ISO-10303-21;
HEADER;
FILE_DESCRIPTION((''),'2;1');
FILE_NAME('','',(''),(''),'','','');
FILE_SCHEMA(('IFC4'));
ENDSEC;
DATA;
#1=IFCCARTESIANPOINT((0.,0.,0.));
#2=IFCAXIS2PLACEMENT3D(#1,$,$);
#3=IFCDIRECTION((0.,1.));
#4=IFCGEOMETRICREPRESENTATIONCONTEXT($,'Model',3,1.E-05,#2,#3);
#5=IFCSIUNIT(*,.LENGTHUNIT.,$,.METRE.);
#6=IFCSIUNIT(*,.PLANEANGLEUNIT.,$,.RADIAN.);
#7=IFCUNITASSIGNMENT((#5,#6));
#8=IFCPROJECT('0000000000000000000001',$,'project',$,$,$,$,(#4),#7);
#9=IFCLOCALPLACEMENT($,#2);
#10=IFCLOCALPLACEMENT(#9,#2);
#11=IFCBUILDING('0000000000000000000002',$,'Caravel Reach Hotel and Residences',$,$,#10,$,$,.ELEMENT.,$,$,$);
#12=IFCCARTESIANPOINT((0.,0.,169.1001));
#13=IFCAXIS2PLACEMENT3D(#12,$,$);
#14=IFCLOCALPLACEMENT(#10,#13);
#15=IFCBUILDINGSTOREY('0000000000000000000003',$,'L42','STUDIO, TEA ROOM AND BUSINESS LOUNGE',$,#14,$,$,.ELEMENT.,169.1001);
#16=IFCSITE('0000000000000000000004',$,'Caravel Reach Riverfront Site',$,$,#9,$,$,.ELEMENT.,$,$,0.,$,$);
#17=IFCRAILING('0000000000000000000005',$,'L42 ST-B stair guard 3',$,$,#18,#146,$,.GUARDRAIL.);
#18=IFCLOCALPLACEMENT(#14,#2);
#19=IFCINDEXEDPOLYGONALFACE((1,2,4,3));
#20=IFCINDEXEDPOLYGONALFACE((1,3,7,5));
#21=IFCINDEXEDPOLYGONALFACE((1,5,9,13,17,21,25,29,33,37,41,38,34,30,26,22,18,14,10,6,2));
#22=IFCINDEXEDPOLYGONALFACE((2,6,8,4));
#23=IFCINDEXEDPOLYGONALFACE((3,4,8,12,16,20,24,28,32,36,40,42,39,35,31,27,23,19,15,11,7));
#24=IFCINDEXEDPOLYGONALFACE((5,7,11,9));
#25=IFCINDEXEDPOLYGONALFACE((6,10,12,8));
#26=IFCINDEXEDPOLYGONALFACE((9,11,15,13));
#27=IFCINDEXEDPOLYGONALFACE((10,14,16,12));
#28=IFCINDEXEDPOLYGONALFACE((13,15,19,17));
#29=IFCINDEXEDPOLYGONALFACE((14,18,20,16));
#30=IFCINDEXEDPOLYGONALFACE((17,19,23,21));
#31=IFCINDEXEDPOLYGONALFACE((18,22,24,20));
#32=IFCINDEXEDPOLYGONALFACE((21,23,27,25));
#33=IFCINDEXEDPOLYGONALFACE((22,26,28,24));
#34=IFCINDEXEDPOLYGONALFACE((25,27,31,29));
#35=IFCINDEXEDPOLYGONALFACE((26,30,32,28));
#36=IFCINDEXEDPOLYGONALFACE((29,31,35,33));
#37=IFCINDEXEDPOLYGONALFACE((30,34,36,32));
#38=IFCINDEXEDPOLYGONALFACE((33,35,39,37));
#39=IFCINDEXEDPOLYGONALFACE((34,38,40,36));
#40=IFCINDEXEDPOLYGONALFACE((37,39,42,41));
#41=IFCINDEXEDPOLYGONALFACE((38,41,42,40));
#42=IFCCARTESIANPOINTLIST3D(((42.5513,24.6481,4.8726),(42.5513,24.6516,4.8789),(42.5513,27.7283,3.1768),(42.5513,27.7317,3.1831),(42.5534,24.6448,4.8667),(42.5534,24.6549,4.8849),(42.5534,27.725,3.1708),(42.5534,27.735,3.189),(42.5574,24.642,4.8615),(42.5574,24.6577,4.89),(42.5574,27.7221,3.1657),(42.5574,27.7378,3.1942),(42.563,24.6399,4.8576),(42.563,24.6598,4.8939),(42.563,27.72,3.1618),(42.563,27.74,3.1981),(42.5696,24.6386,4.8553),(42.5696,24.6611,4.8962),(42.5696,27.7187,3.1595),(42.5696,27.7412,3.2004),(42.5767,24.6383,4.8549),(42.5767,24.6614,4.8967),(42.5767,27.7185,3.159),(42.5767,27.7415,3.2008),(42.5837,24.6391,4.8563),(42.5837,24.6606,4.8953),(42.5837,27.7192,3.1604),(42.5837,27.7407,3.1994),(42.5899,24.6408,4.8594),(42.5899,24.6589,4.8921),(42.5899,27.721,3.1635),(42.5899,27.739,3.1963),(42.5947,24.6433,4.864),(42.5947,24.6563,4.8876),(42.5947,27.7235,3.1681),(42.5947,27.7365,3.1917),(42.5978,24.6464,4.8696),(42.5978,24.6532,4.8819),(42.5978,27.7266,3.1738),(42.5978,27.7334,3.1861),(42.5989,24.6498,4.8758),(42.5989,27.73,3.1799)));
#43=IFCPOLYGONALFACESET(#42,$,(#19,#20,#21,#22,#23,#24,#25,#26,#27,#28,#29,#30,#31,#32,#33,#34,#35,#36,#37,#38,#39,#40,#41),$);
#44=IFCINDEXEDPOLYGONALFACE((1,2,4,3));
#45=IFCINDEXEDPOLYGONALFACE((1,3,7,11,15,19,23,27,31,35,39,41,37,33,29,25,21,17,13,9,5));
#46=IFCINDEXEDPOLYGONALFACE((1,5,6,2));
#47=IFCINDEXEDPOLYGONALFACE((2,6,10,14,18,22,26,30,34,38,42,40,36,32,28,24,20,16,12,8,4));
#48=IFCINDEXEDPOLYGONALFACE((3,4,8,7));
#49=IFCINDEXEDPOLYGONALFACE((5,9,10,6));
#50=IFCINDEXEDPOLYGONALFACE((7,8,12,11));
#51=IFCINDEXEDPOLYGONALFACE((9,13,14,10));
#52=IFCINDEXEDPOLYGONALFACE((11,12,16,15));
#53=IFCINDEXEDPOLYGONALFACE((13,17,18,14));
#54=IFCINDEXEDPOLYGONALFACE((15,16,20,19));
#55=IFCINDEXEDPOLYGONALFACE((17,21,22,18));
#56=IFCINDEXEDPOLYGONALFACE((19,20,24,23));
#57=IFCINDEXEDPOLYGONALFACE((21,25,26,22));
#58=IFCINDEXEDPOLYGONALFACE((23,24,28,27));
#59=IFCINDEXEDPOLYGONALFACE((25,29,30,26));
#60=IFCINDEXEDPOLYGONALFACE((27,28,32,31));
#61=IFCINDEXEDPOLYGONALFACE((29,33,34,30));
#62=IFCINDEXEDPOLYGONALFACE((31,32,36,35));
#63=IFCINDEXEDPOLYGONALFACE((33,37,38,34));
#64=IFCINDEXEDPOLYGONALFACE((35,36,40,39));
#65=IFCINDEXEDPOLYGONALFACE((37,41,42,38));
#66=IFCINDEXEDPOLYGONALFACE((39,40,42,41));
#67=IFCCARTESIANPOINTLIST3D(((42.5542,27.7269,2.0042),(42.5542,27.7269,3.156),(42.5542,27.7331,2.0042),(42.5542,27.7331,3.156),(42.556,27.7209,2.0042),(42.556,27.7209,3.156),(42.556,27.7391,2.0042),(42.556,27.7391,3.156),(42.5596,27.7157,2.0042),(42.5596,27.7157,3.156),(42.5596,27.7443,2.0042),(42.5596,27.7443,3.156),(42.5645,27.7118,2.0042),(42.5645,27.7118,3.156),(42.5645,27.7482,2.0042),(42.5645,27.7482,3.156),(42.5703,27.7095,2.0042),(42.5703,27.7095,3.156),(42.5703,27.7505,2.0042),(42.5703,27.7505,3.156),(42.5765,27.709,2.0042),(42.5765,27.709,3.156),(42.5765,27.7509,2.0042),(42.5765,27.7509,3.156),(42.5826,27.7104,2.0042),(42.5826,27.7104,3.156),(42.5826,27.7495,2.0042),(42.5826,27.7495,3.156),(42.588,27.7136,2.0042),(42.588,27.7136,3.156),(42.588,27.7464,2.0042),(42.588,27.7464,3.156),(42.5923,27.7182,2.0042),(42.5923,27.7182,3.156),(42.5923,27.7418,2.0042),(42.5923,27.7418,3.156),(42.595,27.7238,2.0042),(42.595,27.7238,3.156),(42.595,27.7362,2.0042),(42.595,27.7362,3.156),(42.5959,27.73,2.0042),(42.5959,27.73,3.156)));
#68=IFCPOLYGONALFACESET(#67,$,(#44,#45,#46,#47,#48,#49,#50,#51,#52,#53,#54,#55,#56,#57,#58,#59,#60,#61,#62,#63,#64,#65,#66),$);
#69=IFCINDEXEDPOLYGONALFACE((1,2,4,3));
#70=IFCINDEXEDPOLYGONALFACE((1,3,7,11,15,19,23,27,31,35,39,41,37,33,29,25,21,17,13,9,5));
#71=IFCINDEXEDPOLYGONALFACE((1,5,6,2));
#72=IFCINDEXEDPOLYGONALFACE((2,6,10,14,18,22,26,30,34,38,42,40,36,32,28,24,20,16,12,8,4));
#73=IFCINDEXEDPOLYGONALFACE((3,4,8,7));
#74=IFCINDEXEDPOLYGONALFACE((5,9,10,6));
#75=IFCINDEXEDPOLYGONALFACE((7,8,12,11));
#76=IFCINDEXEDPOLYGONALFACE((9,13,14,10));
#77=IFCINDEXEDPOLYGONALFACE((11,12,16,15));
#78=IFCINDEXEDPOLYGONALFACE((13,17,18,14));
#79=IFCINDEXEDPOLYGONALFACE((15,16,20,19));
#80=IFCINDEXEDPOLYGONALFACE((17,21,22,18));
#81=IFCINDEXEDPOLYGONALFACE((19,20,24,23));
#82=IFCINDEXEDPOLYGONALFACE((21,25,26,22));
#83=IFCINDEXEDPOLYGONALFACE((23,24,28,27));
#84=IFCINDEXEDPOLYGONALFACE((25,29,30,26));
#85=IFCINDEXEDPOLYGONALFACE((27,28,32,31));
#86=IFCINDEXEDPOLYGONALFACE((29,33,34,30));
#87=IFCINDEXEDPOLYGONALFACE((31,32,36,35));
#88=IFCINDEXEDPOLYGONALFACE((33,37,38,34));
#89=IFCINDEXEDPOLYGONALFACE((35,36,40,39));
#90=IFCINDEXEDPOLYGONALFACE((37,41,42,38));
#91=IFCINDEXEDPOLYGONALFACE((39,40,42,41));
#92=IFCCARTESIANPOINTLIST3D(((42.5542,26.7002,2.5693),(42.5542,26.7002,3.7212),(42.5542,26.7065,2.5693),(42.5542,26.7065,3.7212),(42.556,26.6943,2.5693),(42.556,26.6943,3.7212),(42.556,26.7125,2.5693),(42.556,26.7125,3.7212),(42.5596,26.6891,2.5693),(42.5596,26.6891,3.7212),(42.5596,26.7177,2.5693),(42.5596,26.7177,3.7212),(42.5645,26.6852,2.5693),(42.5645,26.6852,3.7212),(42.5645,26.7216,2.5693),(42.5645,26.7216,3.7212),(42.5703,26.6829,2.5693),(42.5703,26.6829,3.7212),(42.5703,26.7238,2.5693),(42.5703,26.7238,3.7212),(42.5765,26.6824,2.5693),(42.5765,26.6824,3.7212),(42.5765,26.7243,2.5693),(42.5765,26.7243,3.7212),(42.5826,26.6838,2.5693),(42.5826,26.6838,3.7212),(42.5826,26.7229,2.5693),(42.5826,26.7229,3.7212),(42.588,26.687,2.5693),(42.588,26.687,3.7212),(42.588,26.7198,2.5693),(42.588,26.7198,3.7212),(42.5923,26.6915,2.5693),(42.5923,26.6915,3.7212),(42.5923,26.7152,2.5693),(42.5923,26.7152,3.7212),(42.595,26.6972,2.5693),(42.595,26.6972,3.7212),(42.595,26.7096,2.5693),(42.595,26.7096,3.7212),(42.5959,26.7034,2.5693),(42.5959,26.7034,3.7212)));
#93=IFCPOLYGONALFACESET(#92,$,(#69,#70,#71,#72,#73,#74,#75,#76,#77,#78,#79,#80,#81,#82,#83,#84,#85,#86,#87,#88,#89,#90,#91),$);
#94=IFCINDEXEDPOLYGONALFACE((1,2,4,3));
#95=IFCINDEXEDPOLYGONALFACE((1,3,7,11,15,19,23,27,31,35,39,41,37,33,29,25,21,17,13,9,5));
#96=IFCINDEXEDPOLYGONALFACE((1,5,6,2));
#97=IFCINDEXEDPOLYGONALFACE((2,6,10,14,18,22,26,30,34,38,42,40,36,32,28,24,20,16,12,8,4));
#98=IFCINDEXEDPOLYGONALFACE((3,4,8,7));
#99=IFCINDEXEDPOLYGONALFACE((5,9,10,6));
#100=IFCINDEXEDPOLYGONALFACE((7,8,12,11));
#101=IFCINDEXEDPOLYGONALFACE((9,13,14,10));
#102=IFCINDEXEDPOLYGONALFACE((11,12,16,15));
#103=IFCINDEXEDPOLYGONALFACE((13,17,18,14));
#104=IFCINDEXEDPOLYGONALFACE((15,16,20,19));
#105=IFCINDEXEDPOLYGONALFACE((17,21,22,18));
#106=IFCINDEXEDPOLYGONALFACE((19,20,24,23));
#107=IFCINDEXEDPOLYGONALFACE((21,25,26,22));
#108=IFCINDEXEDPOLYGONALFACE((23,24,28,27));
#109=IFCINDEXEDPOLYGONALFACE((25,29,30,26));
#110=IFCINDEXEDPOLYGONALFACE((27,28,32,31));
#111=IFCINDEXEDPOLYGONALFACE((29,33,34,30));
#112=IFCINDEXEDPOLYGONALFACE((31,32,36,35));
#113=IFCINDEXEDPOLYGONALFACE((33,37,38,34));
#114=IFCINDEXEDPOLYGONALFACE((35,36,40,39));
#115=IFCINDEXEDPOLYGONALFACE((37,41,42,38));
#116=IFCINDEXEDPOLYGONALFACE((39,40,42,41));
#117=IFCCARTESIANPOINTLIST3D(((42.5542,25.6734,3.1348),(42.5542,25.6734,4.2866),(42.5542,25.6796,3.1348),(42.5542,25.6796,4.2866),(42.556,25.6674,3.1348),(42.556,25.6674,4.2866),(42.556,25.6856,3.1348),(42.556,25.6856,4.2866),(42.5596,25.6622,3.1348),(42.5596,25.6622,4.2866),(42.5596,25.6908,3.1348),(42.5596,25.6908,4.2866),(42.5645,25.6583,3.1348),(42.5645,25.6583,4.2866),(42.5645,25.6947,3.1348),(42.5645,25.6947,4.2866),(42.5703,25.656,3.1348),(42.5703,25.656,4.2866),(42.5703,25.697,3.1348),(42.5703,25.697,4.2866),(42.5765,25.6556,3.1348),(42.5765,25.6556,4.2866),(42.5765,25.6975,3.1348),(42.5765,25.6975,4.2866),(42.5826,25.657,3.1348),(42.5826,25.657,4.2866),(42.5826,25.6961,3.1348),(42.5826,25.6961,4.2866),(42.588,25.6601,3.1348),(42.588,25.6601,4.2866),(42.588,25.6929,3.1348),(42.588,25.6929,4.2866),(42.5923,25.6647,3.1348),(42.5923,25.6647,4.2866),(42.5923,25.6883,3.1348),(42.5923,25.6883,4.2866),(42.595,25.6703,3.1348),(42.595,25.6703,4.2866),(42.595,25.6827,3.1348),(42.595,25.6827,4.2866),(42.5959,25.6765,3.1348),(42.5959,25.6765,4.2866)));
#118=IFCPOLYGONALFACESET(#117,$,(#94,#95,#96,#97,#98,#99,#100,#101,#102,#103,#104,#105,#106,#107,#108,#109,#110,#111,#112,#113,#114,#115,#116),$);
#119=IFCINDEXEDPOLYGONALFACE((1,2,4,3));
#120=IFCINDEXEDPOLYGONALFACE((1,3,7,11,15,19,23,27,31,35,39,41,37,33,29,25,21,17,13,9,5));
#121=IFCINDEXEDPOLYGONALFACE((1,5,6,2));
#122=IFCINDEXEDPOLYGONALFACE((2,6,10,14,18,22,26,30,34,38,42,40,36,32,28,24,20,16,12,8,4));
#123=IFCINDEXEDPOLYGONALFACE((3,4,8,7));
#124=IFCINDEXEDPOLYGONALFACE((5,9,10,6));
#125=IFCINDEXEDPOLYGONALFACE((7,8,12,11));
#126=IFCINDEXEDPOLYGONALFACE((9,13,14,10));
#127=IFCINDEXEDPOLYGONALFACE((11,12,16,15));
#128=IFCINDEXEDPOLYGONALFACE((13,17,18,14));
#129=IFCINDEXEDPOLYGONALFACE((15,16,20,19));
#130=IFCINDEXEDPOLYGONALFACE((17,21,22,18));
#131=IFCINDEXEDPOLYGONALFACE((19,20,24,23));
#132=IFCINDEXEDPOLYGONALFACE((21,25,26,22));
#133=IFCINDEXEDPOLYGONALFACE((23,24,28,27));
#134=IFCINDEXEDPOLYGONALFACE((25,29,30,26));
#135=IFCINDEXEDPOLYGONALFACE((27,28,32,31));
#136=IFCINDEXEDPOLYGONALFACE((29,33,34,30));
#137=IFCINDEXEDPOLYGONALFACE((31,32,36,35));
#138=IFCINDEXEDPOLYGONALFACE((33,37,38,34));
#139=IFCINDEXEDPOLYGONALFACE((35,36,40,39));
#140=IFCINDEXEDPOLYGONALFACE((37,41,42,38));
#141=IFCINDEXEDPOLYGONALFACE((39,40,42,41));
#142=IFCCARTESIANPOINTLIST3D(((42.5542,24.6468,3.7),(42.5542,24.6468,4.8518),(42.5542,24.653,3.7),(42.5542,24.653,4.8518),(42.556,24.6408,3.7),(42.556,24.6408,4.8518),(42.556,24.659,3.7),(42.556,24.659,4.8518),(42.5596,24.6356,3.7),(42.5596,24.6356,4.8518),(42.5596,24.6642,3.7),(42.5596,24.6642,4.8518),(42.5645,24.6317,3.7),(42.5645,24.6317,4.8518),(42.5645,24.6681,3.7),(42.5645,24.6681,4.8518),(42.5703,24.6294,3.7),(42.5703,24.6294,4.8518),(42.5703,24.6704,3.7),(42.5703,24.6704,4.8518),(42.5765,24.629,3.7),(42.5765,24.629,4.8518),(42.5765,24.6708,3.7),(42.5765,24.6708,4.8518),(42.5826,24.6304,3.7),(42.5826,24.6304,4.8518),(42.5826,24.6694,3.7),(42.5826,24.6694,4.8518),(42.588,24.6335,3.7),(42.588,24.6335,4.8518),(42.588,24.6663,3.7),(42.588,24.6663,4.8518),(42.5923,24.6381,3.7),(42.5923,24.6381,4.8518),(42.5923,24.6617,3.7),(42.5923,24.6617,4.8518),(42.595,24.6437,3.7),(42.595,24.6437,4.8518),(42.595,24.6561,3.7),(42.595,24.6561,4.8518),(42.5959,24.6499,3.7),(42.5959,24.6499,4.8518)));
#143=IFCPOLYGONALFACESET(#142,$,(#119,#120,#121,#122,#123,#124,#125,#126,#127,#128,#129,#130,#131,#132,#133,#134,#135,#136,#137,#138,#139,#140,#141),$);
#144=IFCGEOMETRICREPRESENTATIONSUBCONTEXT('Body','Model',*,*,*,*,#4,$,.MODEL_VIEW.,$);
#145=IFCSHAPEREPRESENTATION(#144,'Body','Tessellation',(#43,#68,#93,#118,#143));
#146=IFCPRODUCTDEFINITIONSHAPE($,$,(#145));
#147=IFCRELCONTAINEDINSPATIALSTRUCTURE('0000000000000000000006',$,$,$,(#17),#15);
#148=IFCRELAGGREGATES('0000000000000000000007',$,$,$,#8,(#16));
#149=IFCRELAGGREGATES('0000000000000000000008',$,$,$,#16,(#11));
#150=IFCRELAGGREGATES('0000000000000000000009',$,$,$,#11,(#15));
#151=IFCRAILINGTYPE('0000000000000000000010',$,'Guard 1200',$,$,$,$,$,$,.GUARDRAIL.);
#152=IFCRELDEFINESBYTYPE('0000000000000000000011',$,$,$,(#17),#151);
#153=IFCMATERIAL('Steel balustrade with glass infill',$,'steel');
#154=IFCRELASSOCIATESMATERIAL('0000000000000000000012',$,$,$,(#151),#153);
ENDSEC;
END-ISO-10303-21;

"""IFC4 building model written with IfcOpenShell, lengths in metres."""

from ifc_helpers import new_model, si_unit, direction, frame, origin, origin_2d, place, context, subcontext, project, spatial, circle, extrude, material, type_object, element, save


model = new_model("IFC4")

# Units and contexts
model_context = context("Model", 3, precision=1e-05, world=origin(), true_north=direction((0.0, 1.0)))
body_context = subcontext(model_context, "Body", "Model", "MODEL_VIEW")
ifc_project = project(units=[si_unit("LENGTHUNIT", "METRE"), si_unit("PLANEANGLEUNIT", "RADIAN")], contexts=[model_context])

# Site, building, storey
site_placement = place(None, origin())
site = spatial("IfcSite", under=ifc_project, at=site_placement, Name="Caravel Reach Riverfront Site", CompositionType="ELEMENT", RefElevation=0.0)
building_placement = place(site_placement, origin())
building = spatial("IfcBuilding", under=site, at=building_placement, Name="Caravel Reach Hotel and Residences", CompositionType="ELEMENT")
storey_placement = place(building_placement, frame((0.0, 0.0, 169.1001)))
storey = spatial("IfcBuildingStorey", under=building, at=storey_placement, Name="L42", Description="STUDIO, TEA ROOM AND BUSINESS LOUNGE", CompositionType="ELEMENT", Elevation=169.1001)

# Railing
ifc_material_1 = material(Name="Steel balustrade with glass infill", Category="steel")
railing_type_1 = type_object("IfcRailingType", Name="Guard 1200", PredefinedType="GUARDRAIL", material=ifc_material_1)
railing_1_placement = place(storey_placement, frame((42.575, 27.73, 2.0042)))
element("IfcRailing", 1, at=railing_1_placement, inside=storey, type_object=railing_type_1, Name="L42 ST-B stair guard 3", PredefinedType="GUARDRAIL", context=body_context, shape_type="SweptSolid", body=[
    extrude(circle(Radius=0.0239, at=origin_2d()), frame((0.0, 0.0, 1.1758), z_axis=(0.0, -0.876005, 0.482303), x_axis=(1.0, 0.0, 0.0)), (0.0, 0.0, 1.0), 3.5161),
    extrude(circle(Radius=0.021, at=origin_2d()), origin(), (0.0, 0.0, 1.0), 1.1519),
    extrude(circle(Radius=0.021, at=origin_2d()), frame((0.0, -1.0266, 0.5652)), (0.0, 0.0, 1.0), 1.1519),
    extrude(circle(Radius=0.021, at=origin_2d()), frame((0.0, -2.0535, 1.1306)), (0.0, 0.0, 1.0), 1.1519),
    extrude(circle(Radius=0.021, at=origin_2d()), frame((0.0, -3.0801, 1.6958)), (0.0, 0.0, 1.0), 1.1519),
])

save(model, "model.ifc")
